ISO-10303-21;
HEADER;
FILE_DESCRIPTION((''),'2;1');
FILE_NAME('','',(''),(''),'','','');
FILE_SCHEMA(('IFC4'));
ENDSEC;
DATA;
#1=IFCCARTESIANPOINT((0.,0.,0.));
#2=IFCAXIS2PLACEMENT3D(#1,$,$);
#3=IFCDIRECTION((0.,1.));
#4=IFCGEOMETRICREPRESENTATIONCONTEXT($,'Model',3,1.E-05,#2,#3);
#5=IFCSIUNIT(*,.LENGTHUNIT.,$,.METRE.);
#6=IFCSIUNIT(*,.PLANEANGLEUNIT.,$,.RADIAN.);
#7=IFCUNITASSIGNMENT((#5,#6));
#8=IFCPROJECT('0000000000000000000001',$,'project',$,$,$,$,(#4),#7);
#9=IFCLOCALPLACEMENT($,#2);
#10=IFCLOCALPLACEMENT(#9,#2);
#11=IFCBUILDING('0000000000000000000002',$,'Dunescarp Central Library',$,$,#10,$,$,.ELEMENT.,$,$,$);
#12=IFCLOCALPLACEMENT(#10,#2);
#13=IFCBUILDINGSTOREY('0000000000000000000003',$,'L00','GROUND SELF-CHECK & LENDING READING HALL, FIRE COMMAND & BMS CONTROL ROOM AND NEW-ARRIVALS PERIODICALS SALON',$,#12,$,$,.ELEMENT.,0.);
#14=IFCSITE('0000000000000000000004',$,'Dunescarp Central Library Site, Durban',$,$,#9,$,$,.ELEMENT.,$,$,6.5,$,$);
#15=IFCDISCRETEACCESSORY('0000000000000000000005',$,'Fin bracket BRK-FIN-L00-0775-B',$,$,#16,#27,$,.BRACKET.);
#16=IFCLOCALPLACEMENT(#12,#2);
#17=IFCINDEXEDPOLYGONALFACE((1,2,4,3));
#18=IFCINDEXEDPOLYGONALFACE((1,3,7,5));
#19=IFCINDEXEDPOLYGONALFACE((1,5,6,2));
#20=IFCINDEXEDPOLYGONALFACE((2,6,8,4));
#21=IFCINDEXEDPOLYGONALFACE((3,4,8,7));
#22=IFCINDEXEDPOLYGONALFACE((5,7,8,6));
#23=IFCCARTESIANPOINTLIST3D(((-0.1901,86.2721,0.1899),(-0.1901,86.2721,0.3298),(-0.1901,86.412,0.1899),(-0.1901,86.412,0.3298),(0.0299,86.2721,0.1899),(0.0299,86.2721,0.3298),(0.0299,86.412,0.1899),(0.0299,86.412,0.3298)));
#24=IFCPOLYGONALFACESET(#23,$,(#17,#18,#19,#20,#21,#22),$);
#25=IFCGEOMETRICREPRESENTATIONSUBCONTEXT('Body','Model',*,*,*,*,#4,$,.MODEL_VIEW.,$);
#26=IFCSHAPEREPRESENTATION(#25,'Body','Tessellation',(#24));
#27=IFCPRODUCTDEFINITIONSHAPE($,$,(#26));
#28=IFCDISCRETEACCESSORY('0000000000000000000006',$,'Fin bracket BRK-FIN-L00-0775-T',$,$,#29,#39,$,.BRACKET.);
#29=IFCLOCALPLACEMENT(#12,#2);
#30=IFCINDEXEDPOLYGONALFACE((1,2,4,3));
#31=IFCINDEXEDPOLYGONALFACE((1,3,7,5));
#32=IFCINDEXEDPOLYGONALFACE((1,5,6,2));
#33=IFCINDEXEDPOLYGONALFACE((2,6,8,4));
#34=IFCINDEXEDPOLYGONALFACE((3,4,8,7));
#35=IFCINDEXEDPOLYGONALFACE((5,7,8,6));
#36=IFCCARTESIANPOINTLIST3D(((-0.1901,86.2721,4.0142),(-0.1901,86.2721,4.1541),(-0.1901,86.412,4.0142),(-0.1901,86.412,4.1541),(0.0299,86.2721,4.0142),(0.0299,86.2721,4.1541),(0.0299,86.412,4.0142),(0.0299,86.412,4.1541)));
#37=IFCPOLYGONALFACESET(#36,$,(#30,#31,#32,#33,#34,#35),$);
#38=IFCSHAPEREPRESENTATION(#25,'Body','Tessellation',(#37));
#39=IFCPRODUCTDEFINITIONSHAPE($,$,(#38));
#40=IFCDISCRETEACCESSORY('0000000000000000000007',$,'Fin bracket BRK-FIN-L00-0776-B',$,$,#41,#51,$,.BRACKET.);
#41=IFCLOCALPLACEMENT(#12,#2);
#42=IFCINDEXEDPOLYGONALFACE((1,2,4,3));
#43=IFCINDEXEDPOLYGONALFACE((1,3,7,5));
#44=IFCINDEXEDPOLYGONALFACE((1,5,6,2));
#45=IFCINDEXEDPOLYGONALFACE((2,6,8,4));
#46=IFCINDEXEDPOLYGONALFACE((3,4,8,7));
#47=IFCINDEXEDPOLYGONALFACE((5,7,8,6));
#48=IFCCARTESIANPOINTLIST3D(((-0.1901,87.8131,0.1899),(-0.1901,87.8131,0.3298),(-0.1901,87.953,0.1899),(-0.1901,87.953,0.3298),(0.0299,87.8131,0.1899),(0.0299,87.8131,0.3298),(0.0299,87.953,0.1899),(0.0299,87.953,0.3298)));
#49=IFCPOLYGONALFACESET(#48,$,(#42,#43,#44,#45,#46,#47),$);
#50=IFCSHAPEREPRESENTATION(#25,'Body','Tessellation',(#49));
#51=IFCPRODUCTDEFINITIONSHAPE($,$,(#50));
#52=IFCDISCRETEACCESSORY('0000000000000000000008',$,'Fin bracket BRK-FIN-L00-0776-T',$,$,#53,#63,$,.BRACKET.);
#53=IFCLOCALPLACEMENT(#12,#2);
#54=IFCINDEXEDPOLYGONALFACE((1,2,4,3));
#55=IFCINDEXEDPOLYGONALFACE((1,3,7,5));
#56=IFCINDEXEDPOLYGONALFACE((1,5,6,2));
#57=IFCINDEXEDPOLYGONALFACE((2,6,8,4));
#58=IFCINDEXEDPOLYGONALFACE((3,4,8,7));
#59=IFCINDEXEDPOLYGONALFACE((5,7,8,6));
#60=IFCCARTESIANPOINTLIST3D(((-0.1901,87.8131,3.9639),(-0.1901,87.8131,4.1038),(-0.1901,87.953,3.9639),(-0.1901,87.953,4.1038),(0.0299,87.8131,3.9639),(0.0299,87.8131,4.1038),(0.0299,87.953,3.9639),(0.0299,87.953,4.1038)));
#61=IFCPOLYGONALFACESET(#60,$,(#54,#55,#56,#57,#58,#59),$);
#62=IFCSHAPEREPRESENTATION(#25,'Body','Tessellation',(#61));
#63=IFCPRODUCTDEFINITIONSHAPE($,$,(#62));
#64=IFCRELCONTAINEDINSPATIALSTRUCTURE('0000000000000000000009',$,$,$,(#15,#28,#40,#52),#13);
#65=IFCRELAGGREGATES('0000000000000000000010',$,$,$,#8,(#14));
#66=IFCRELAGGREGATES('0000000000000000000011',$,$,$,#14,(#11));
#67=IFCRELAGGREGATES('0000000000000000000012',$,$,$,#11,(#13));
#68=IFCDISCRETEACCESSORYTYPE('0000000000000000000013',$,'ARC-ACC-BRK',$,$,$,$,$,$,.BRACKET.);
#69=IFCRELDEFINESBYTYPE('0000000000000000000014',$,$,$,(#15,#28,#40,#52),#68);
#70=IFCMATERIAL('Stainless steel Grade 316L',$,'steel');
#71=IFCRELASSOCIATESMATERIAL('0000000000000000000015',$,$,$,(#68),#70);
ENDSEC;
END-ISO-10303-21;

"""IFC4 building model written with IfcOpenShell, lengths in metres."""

from ifc_helpers import new_model, si_unit, direction, frame, origin, origin_2d, place, context, subcontext, project, spatial, rectangle, extrude, material, type_object, element, save


model = new_model("IFC4")

# Units and contexts
model_context = context("Model", 3, precision=1e-05, world=origin(), true_north=direction((0.0, 1.0)))
body_context = subcontext(model_context, "Body", "Model", "MODEL_VIEW")
ifc_project = project(units=[si_unit("LENGTHUNIT", "METRE"), si_unit("PLANEANGLEUNIT", "RADIAN")], contexts=[model_context])

# Site, building, storey
site_placement = place(None, origin())
site = spatial("IfcSite", under=ifc_project, at=site_placement, Name="Dunescarp Central Library Site, Durban", CompositionType="ELEMENT", RefElevation=6.5)
building_placement = place(site_placement, origin())
building = spatial("IfcBuilding", under=site, at=building_placement, Name="Dunescarp Central Library", CompositionType="ELEMENT")
storey_placement = place(building_placement, origin())
storey = spatial("IfcBuildingStorey", under=building, at=storey_placement, Name="L00", Description="GROUND SELF-CHECK & LENDING READING HALL, FIRE COMMAND & BMS CONTROL ROOM AND NEW-ARRIVALS PERIODICALS SALON", CompositionType="ELEMENT", Elevation=0.0)

# Discrete accessories
ifc_material_1 = material(Name="Stainless steel Grade 316L", Category="steel")
discrete_accessory_type = type_object("IfcDiscreteAccessoryType", Name="ARC-ACC-BRK", PredefinedType="BRACKET", material=ifc_material_1)
for number, where, z_axis, x_axis, name in (
    (1, (-0.0801, 86.342, 0.1899), (0.0, 0.0, 1.0), (-1.0, 0.0, 0.0), "Fin bracket BRK-FIN-L00-0775-B"),
    (2, (-0.0801, 86.342, 4.0142), (0.0, 0.0, 1.0), (-1.0, 0.0, 0.0), "Fin bracket BRK-FIN-L00-0775-T"),
    (3, (-0.0801, 87.8831, 0.1899), (0.0, 0.0, 1.0), (-1.0, 0.0, 0.0), "Fin bracket BRK-FIN-L00-0776-B"),
    (4, (-0.0801, 87.8831, 3.9639), (0.0, 0.0, 1.0), (-1.0, 0.0, 0.0), "Fin bracket BRK-FIN-L00-0776-T"),
):
    element("IfcDiscreteAccessory", number, at=place(storey_placement, frame(where, z_axis=z_axis, x_axis=x_axis)), inside=storey, type_object=discrete_accessory_type, Name=name, PredefinedType="BRACKET", context=body_context, shape_type="SweptSolid", body=[
        extrude(rectangle(XDim=0.22, YDim=0.1399, at=origin_2d()), origin(), (0.0, 0.0, 1.0), 0.1399),
    ])

save(model, "model.ifc")
